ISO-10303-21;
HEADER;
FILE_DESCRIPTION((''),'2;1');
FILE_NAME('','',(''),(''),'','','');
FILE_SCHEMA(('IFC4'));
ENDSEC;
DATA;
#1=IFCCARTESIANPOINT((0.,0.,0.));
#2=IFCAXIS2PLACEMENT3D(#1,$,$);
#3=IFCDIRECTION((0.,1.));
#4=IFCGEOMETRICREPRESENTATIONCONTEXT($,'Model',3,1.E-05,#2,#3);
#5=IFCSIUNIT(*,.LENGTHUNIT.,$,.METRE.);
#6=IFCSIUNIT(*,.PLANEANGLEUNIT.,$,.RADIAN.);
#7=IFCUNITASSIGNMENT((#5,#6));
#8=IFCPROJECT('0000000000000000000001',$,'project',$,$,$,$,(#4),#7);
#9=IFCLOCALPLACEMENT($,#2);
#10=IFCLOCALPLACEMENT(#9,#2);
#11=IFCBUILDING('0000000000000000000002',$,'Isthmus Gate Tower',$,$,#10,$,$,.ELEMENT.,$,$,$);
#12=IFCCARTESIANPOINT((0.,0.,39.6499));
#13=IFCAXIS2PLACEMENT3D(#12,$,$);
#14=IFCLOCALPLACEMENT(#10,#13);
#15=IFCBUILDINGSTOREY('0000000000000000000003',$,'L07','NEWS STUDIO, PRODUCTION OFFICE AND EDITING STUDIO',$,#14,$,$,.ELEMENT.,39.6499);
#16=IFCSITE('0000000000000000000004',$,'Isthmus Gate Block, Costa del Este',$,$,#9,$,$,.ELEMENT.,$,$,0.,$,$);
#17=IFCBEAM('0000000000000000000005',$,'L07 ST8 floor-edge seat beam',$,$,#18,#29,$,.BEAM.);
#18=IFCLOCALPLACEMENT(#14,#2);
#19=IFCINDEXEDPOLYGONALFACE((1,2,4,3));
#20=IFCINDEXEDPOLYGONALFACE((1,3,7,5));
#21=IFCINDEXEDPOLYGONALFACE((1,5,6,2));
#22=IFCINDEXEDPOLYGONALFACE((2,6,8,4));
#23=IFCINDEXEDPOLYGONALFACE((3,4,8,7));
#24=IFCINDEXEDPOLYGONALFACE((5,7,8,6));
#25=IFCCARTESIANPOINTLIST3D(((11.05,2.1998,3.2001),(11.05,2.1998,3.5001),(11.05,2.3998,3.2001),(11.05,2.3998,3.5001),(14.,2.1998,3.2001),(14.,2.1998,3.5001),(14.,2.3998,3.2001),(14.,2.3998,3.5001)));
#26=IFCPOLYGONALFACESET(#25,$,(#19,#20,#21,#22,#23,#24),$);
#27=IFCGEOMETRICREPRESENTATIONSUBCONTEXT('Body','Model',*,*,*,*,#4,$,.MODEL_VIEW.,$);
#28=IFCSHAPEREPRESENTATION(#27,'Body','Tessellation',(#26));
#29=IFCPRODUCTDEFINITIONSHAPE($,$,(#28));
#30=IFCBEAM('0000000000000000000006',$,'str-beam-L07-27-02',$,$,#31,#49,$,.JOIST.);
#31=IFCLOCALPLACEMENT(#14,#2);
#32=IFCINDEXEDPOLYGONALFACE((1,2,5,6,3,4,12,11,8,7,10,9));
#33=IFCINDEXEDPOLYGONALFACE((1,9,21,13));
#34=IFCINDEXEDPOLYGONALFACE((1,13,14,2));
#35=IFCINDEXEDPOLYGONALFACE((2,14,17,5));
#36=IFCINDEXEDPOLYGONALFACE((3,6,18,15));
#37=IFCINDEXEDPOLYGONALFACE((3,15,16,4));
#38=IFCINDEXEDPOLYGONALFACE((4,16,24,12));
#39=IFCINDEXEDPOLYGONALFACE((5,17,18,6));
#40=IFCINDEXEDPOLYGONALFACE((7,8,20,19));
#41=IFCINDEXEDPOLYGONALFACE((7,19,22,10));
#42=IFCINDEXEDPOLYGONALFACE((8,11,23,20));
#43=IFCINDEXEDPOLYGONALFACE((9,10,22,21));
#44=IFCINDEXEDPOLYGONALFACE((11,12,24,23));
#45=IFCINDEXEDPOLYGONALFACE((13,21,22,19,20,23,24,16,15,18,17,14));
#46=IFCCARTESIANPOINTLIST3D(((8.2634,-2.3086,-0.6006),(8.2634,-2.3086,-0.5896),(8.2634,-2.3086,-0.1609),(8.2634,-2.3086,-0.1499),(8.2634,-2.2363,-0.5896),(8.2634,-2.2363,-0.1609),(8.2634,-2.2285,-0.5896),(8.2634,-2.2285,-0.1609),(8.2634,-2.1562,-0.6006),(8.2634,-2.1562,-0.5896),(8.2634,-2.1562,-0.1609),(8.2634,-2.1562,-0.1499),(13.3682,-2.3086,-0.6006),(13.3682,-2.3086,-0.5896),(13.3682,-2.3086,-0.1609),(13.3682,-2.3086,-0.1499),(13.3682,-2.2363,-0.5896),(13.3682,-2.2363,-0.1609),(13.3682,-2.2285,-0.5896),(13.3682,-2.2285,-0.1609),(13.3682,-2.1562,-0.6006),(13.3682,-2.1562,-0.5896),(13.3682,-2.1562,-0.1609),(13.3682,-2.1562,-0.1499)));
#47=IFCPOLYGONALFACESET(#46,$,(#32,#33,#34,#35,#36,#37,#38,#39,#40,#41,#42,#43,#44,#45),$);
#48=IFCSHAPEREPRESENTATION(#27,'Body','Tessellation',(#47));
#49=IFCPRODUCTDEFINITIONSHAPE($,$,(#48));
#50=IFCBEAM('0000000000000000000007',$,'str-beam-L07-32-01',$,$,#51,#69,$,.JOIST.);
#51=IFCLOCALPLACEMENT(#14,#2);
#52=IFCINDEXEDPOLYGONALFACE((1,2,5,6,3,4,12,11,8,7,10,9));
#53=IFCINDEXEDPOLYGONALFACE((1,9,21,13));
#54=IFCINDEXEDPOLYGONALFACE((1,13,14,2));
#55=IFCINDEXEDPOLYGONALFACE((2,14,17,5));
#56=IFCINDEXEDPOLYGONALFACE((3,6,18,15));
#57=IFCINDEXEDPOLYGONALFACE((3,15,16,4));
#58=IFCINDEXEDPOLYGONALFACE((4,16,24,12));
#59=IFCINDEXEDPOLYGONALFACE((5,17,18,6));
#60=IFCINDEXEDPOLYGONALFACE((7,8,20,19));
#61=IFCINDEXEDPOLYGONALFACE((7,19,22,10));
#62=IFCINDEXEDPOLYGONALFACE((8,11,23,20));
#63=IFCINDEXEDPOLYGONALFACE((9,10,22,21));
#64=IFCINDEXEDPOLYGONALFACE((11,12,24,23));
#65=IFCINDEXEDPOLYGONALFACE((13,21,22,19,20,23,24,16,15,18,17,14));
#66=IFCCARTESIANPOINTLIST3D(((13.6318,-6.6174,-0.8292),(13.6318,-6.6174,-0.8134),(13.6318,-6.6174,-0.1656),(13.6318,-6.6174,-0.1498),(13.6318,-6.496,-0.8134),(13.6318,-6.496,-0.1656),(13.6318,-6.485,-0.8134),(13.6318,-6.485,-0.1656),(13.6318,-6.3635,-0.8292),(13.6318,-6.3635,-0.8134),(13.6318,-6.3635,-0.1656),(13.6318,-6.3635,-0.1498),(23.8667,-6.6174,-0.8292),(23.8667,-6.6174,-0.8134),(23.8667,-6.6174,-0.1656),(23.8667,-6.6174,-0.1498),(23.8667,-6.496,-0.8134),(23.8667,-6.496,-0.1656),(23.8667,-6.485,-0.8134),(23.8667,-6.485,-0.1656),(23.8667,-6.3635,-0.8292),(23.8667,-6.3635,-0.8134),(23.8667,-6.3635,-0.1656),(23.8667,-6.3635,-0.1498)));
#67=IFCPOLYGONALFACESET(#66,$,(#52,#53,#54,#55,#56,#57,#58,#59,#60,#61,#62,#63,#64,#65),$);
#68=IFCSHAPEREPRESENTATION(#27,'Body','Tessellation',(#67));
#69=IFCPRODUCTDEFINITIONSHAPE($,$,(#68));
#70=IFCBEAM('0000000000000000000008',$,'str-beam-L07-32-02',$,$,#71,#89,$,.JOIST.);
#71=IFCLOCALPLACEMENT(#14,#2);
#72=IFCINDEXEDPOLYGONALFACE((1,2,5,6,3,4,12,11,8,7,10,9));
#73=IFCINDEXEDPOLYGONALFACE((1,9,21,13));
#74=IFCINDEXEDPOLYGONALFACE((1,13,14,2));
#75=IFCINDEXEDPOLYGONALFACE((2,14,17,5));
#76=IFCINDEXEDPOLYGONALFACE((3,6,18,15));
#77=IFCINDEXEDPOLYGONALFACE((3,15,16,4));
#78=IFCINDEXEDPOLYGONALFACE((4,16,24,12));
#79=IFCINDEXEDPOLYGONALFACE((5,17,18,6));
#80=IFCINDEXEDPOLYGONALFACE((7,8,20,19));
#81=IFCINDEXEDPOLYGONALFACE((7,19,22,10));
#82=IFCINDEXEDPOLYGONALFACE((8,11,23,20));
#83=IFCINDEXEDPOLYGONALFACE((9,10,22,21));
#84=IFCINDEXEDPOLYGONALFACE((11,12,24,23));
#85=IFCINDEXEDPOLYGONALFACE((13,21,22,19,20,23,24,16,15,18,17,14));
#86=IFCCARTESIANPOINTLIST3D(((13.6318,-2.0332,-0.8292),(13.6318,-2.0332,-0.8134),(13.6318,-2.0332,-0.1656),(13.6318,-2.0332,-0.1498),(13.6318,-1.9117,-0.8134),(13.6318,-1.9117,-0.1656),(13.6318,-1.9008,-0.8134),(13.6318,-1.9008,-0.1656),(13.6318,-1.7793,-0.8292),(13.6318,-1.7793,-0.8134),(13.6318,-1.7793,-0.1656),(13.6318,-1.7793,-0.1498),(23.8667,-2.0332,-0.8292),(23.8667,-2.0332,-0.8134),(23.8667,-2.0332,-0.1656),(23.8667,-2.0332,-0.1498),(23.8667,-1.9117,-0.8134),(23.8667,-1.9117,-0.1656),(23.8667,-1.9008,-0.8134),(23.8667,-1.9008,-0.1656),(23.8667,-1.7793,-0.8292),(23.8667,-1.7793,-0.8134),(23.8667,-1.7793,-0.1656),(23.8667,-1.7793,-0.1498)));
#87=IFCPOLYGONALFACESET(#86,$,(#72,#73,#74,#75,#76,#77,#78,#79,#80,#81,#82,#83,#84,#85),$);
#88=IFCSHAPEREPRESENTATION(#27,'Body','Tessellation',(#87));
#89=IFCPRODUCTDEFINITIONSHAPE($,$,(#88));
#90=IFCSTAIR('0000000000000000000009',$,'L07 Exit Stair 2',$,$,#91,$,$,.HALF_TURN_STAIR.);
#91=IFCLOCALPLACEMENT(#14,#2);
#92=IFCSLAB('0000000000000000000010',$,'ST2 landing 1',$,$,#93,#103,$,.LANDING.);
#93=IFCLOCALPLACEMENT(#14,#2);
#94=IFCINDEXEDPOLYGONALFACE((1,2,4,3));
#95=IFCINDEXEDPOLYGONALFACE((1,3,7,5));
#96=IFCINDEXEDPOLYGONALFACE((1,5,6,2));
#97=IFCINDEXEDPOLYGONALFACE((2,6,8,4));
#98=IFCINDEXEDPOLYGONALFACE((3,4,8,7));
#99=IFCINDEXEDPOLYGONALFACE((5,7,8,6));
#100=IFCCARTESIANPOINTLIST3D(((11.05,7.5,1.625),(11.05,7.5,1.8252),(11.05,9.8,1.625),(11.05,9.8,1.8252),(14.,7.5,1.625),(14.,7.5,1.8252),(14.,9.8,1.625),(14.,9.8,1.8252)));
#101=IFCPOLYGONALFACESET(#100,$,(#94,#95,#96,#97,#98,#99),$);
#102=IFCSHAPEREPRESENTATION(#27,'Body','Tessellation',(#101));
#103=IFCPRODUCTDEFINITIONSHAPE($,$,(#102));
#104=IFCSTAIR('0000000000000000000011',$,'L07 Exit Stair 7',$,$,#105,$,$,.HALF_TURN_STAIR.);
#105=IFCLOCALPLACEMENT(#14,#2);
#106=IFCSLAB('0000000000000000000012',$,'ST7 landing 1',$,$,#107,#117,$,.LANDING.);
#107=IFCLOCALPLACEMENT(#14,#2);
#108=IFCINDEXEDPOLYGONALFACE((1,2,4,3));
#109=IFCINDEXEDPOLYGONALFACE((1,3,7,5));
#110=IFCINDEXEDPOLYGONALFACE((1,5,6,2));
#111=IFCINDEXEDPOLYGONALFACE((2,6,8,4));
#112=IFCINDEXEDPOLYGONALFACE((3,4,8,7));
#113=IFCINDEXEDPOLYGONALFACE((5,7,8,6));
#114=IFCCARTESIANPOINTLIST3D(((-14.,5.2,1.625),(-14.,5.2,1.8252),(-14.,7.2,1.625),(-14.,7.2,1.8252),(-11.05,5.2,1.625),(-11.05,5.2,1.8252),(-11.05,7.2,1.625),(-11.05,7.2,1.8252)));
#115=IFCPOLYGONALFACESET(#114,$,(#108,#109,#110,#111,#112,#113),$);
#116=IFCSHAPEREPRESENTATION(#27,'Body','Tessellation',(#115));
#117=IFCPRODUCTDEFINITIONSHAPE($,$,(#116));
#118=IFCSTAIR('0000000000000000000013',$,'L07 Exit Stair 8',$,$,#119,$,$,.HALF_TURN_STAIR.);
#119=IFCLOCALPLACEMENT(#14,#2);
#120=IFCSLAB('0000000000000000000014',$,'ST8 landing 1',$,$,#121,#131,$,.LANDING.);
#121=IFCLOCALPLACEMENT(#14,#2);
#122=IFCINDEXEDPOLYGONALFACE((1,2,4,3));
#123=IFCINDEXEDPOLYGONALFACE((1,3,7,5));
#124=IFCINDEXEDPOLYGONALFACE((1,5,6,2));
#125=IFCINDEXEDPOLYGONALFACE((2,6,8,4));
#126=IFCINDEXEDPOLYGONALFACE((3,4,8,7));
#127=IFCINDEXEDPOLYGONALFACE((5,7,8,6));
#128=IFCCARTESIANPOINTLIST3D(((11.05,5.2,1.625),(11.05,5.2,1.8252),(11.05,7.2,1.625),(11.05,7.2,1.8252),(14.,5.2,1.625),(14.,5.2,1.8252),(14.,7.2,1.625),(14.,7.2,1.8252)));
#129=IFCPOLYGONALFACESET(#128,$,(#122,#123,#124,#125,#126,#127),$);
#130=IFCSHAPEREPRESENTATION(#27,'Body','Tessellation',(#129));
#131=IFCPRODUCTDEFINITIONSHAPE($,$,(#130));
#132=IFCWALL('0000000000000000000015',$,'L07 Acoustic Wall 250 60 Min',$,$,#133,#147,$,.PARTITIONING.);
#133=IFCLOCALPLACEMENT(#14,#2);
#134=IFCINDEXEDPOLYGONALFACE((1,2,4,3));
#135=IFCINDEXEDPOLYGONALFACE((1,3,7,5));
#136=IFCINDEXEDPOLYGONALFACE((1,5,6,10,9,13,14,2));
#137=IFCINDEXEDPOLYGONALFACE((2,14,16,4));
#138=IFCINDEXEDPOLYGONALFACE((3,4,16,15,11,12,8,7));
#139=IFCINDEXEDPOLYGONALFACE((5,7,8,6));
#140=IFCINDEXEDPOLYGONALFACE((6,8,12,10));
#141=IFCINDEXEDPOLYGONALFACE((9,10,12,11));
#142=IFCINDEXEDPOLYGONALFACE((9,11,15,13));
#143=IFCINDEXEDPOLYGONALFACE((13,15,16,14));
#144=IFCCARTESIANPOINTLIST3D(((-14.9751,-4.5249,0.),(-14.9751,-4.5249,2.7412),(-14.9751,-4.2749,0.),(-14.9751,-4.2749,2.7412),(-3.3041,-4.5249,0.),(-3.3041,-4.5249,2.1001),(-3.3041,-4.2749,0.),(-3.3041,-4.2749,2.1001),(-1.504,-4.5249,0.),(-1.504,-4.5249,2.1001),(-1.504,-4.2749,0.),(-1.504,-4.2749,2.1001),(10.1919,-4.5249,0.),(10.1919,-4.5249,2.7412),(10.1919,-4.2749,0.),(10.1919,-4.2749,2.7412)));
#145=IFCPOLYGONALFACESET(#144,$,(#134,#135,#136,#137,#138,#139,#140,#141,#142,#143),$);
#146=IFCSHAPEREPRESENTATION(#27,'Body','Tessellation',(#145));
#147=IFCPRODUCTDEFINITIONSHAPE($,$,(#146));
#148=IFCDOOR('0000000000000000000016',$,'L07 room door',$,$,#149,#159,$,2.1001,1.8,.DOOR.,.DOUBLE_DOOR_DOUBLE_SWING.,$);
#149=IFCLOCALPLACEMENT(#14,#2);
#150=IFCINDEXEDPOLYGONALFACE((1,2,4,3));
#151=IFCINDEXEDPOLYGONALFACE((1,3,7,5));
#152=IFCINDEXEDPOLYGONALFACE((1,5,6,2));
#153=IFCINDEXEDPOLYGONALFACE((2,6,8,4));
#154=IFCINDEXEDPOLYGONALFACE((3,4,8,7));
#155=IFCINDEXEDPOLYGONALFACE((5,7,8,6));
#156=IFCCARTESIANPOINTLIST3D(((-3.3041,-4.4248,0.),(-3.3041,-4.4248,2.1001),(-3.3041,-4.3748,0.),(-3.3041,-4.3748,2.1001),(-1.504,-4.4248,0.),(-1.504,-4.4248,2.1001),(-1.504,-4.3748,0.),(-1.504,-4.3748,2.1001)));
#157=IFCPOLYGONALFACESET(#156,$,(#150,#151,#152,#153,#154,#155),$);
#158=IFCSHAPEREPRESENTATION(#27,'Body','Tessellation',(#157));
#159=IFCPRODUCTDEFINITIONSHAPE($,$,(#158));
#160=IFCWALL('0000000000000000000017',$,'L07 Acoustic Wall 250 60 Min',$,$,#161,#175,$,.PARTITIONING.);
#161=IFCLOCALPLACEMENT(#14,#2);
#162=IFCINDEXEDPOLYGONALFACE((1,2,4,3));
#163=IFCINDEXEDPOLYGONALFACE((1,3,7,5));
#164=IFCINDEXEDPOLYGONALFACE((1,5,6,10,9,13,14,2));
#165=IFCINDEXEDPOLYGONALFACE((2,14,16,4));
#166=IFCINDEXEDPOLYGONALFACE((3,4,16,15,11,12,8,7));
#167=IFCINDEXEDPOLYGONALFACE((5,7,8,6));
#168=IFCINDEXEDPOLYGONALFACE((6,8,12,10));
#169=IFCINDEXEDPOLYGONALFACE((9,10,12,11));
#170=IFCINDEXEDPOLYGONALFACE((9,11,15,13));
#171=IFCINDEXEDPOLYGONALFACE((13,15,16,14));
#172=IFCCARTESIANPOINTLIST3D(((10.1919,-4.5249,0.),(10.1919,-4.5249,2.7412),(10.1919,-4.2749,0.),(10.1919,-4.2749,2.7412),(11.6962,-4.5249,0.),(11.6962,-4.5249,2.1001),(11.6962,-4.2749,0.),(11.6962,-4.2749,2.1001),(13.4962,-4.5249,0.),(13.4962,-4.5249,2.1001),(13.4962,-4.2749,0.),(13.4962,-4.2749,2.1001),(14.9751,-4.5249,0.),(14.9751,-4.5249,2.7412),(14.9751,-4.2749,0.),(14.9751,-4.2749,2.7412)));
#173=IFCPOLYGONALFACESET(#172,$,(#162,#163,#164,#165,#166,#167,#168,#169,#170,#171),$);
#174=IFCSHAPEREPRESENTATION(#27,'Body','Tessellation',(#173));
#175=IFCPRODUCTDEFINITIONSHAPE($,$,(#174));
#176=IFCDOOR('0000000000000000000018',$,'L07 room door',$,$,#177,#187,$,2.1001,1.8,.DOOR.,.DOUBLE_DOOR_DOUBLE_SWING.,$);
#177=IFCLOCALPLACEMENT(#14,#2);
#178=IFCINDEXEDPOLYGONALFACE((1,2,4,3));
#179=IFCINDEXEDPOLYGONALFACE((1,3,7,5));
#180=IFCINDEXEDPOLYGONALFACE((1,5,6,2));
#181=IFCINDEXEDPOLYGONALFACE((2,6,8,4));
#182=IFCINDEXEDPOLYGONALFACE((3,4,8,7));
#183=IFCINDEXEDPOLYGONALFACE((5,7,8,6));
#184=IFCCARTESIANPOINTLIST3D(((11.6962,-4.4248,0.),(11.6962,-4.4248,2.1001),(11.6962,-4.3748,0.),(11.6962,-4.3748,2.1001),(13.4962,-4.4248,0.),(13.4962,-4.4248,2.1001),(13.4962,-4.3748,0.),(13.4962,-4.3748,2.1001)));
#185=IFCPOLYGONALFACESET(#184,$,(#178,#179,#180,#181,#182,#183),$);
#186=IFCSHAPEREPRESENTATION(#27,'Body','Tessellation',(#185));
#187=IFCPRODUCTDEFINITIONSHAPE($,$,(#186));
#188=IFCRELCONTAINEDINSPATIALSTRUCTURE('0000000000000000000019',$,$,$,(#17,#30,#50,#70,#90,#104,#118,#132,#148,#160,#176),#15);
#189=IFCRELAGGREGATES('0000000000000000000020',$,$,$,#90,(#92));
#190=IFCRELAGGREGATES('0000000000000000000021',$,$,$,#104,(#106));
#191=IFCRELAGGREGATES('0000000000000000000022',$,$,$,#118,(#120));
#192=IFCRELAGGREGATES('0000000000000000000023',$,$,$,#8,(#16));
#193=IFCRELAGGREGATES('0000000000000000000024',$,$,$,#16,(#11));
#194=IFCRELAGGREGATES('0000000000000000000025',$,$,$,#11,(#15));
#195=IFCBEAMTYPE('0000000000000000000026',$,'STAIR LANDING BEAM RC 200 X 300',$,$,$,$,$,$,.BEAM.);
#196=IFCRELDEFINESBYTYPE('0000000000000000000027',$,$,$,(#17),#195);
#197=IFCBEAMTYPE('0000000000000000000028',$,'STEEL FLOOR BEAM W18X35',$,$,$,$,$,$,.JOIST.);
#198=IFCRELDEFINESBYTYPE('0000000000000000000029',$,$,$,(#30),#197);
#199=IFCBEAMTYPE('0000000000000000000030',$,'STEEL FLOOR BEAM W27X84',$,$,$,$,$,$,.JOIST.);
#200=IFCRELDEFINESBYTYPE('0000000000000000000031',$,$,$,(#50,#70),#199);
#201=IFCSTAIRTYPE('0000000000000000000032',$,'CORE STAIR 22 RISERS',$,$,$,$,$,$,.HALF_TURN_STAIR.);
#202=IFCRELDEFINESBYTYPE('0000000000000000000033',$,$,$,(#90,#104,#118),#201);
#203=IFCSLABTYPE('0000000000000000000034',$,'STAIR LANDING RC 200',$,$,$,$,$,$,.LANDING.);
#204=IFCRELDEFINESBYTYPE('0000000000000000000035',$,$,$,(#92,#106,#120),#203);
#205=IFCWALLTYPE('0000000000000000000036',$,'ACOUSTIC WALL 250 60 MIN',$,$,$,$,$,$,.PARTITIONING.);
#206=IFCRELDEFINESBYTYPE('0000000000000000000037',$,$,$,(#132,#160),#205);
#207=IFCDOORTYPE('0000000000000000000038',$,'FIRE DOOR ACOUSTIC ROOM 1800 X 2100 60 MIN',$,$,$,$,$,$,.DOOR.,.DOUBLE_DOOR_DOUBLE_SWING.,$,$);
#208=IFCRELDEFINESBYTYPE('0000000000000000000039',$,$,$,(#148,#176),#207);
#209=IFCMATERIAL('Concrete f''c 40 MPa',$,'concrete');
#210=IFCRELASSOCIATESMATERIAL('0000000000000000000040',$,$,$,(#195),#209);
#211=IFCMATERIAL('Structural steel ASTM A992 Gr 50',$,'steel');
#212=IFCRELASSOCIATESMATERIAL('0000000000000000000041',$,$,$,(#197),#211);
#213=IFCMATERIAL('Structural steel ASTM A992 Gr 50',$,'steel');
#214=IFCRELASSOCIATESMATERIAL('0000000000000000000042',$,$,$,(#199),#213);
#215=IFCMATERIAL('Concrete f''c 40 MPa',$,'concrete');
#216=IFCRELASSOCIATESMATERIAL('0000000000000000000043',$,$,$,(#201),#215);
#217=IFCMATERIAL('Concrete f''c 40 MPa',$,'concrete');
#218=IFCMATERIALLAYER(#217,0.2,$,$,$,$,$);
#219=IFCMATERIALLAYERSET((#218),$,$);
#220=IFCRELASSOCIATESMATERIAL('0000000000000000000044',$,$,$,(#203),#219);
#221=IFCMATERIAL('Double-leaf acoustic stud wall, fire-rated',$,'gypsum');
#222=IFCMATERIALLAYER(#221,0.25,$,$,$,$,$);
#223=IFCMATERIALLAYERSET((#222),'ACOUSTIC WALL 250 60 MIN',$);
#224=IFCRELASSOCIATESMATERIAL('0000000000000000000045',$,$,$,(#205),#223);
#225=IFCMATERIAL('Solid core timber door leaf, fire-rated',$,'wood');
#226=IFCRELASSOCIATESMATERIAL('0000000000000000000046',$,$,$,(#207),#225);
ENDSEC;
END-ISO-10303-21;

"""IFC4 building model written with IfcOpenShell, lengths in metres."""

from ifc_helpers import new_model, si_unit, direction, frame, frame_2d, origin, origin_2d, place, context, subcontext, project, spatial, polyline, rectangle, i_section, outline, extrude, material, layer, layer_set, material_profile, profile_set, type_object, element, fill, aggregate, save


model = new_model("IFC4")

# Units and contexts
model_context = context("Model", 3, precision=1e-05, world=origin(), true_north=direction((0.0, 1.0)))
body_context = subcontext(model_context, "Body", "Model", "MODEL_VIEW")
ifc_project = project(units=[si_unit("LENGTHUNIT", "METRE"), si_unit("PLANEANGLEUNIT", "RADIAN")], contexts=[model_context])

# Site, building, storey
site_placement = place(None, origin())
site = spatial("IfcSite", under=ifc_project, at=site_placement, Name="Isthmus Gate Block, Costa del Este", CompositionType="ELEMENT", RefElevation=0.0)
building_placement = place(site_placement, origin())
building = spatial("IfcBuilding", under=site, at=building_placement, Name="Isthmus Gate Tower", CompositionType="ELEMENT")
storey_placement = place(building_placement, frame((0.0, 0.0, 39.6499)))
storey = spatial("IfcBuildingStorey", under=building, at=storey_placement, Name="L07", Description="NEWS STUDIO, PRODUCTION OFFICE AND EDITING STUDIO", CompositionType="ELEMENT", Elevation=39.6499)

# Beams
ifc_material_1 = material(Name="Concrete f'c 40 MPa", Category="concrete")
ifc_material_profile_1 = material_profile(ifc_material_1, rectangle(XDim=0.2, YDim=0.3, at=origin_2d()), Name="STAIR LANDING BEAM RC 200 X 300")
ifc_profile_set_1 = profile_set([ifc_material_profile_1], Name="Concrete f'c 40 MPa")
beam_type_1 = type_object("IfcBeamType", Name="STAIR LANDING BEAM RC 200 X 300", PredefinedType="BEAM", material=ifc_profile_set_1)
beam_1_placement = place(storey_placement, frame((11.05, 2.2998, 3.3501), z_axis=(1.0, 0.0, 0.0), x_axis=(0.0, 1.0, 0.0)))
element("IfcBeam", 1, at=beam_1_placement, inside=storey, type_object=beam_type_1, Name="L07 ST8 floor-edge seat beam", PredefinedType="BEAM", context=body_context, shape_type="SweptSolid", body=[
    extrude(rectangle(XDim=0.2, YDim=0.3, at=origin_2d()), origin(), (0.0, 0.0, 1.0), 2.95),
])
ifc_material_2 = material(Name="Structural steel ASTM A992 Gr 50", Category="steel")
ifc_material_profile_2 = material_profile(ifc_material_2, i_section(OverallWidth=0.1523, OverallDepth=0.4507, WebThickness=0.0078, FlangeThickness=0.011, at=origin_2d()), Name="W18X35")
ifc_profile_set_2 = profile_set([ifc_material_profile_2], Name="Structural steel ASTM A992 Gr 50")
beam_type_2 = type_object("IfcBeamType", Name="STEEL FLOOR BEAM W18X35", PredefinedType="JOIST", material=ifc_profile_set_2)
beam_2_placement = place(storey_placement, frame((8.2634, -2.2324, -0.3752), z_axis=(1.0, 0.0, 0.0), x_axis=(0.0, 1.0, 0.0)))
element("IfcBeam", 2, at=beam_2_placement, inside=storey, type_object=beam_type_2, Name="str-beam-L07-27-02", PredefinedType="JOIST", context=body_context, shape_type="SweptSolid", body=[
    extrude(i_section(OverallWidth=0.1523, OverallDepth=0.4507, WebThickness=0.0078, FlangeThickness=0.011, at=origin_2d()), origin(), (0.0, 0.0, 1.0), 5.1047),
])
ifc_material_3 = material(Name="Structural steel ASTM A992 Gr 50", Category="steel")
ifc_material_profile_3 = material_profile(ifc_material_3, i_section(OverallWidth=0.2539, OverallDepth=0.6794, WebThickness=0.011, FlangeThickness=0.0159, at=origin_2d()), Name="W27X84")
ifc_profile_set_3 = profile_set([ifc_material_profile_3], Name="Structural steel ASTM A992 Gr 50")
beam_type_3 = type_object("IfcBeamType", Name="STEEL FLOOR BEAM W27X84", PredefinedType="JOIST", material=ifc_profile_set_3)
for number, where, z_axis, x_axis, name in (
    (3, (13.6318, -6.4905, -0.4895), (1.0, 0.0, 0.0), (0.0, 1.0, 0.0), "str-beam-L07-32-01"),
    (4, (13.6318, -1.9062, -0.4895), (1.0, 0.0, 0.0), (0.0, 1.0, 0.0), "str-beam-L07-32-02"),
):
    element("IfcBeam", number, at=place(storey_placement, frame(where, z_axis=z_axis, x_axis=x_axis)), inside=storey, type_object=beam_type_3, Name=name, PredefinedType="JOIST", context=body_context, shape_type="SweptSolid", body=[
        extrude(i_section(OverallWidth=0.2539, OverallDepth=0.6794, WebThickness=0.011, FlangeThickness=0.0159, at=origin_2d()), origin(), (0.0, 0.0, 1.0), 10.2349),
    ])

# Stairs, slabs
ifc_material_4 = material(Name="Concrete f'c 40 MPa", Category="concrete")
stair_type = type_object("IfcStairType", Name="CORE STAIR 22 RISERS", PredefinedType="HALF_TURN_STAIR", material=ifc_material_4)
stair_1_placement = place(storey_placement, origin())
stair_1 = element("IfcStair", 5, at=stair_1_placement, inside=storey, type_object=stair_type, Name="L07 Exit Stair 2", PredefinedType="HALF_TURN_STAIR")
ifc_material_5 = material(Name="Concrete f'c 40 MPa", Category="concrete")
ifc_layer_1 = layer(ifc_material_5, 0.2)
ifc_layer_set_1 = layer_set([ifc_layer_1])
slab_type = type_object("IfcSlabType", Name="STAIR LANDING RC 200", PredefinedType="LANDING", material=ifc_layer_set_1)
slab_1_placement = place(storey_placement, frame((0.0, 0.0, 1.625)))
slab_1 = element("IfcSlab", 6, at=slab_1_placement, type_object=slab_type, Name="ST2 landing 1", PredefinedType="LANDING", context=body_context, shape_type="SweptSolid", body=[
    extrude(outline(polyline([(11.05, 9.8), (11.05, 7.5), (14.0, 7.5), (14.0, 9.8), (11.05, 9.8)])), origin(), (0.0, 0.0, 1.0), 0.2002),
])
aggregate(stair_1, [slab_1])
stair_2_placement = place(storey_placement, origin())
stair_2 = element("IfcStair", 7, at=stair_2_placement, inside=storey, type_object=stair_type, Name="L07 Exit Stair 7", PredefinedType="HALF_TURN_STAIR")
slab_2_placement = place(storey_placement, frame((0.0, 0.0, 1.625)))
slab_2 = element("IfcSlab", 8, at=slab_2_placement, type_object=slab_type, Name="ST7 landing 1", PredefinedType="LANDING", context=body_context, shape_type="SweptSolid", body=[
    extrude(outline(polyline([(-11.05, 5.2), (-11.05, 7.2), (-14.0, 7.2), (-14.0, 5.2), (-11.05, 5.2)])), origin(), (0.0, 0.0, 1.0), 0.2002),
])
aggregate(stair_2, [slab_2])
stair_3_placement = place(storey_placement, origin())
stair_3 = element("IfcStair", 9, at=stair_3_placement, inside=storey, type_object=stair_type, Name="L07 Exit Stair 8", PredefinedType="HALF_TURN_STAIR")
slab_3_placement = place(storey_placement, frame((0.0, 0.0, 1.625)))
slab_3 = element("IfcSlab", 10, at=slab_3_placement, type_object=slab_type, Name="ST8 landing 1", PredefinedType="LANDING", context=body_context, shape_type="SweptSolid", body=[
    extrude(outline(polyline([(14.0, 5.2), (14.0, 7.2), (11.05, 7.2), (11.05, 5.2), (14.0, 5.2)])), origin(), (0.0, 0.0, 1.0), 0.2002),
])

# Walls, openings, doors
ifc_material_6 = material(Name="Double-leaf acoustic stud wall, fire-rated", Category="gypsum")
ifc_layer_2 = layer(ifc_material_6, 0.25)
ifc_layer_set_2 = layer_set([ifc_layer_2], Name="ACOUSTIC WALL 250 60 MIN")
wall_type_1 = type_object("IfcWallType", Name="ACOUSTIC WALL 250 60 MIN", PredefinedType="PARTITIONING", material=ifc_layer_set_2)
wall_1_placement = place(storey_placement, frame((10.1919, -4.3999, 0.0), z_axis=(0.0, 0.0, 1.0), x_axis=(-1.0, 0.0, 0.0)))
wall_1 = element("IfcWall", 11, at=wall_1_placement, inside=storey, type_object=wall_type_1, Name="L07 Acoustic Wall 250 60 Min", PredefinedType="PARTITIONING", context=body_context, shape_type="SweptSolid", body=[
    extrude(rectangle(XDim=25.167, YDim=0.25, at=frame_2d((12.5835, 0.0))), origin(), (0.0, 0.0, 1.0), 2.7412),
])
opening_1_placement = place(wall_1_placement, frame((11.696, 0.0, 0.0)))
opening_1 = element("IfcOpeningElement", 12, at=opening_1_placement, cuts=wall_1, PredefinedType="OPENING", context=body_context, shape_type="SweptSolid", body=[
    extrude(rectangle(XDim=1.8, YDim=2.1001, at=frame_2d((0.8999, 1.05))), frame((0.0, 0.135, 0.0), z_axis=(0.0, -1.0, 0.0), x_axis=(1.0, 0.0, 0.0)), (0.0, 0.0, 1.0), 0.27),
])
ifc_material_7 = material(Name="Solid core timber door leaf, fire-rated", Category="wood")
door_type = type_object("IfcDoorType", Name="FIRE DOOR ACOUSTIC ROOM 1800 X 2100 60 MIN", OperationType="DOUBLE_DOOR_DOUBLE_SWING", PredefinedType="DOOR", material=ifc_material_7)
door_1_placement = place(opening_1_placement, origin())
door_1 = element("IfcDoor", 13, at=door_1_placement, inside=storey, type_object=door_type, Name="L07 room door", OperationType="DOUBLE_DOOR_DOUBLE_SWING", OverallHeight=2.1001, OverallWidth=1.8, PredefinedType="DOOR", context=body_context, shape_type="SweptSolid", body=[
    extrude(rectangle(XDim=1.8, YDim=2.1001, at=frame_2d((0.8999, 1.05))), frame((0.0, 0.0249, 0.0), z_axis=(0.0, -1.0, 0.0), x_axis=(1.0, 0.0, 0.0)), (0.0, 0.0, 1.0), 0.05),
])
fill(opening_1, door_1)
wall_2_placement = place(storey_placement, frame((14.9751, -4.3999, 0.0), z_axis=(0.0, 0.0, 1.0), x_axis=(-1.0, 0.0, 0.0)))
wall_2 = element("IfcWall", 14, at=wall_2_placement, inside=storey, type_object=wall_type_1, Name="L07 Acoustic Wall 250 60 Min", PredefinedType="PARTITIONING", context=body_context, shape_type="SweptSolid", body=[
    extrude(rectangle(XDim=4.7832, YDim=0.25, at=frame_2d((2.3916, 0.0))), origin(), (0.0, 0.0, 1.0), 2.7412),
])
opening_2_placement = place(wall_2_placement, frame((1.479, 0.0, 0.0)))
opening_2 = element("IfcOpeningElement", 15, at=opening_2_placement, cuts=wall_2, PredefinedType="OPENING", context=body_context, shape_type="SweptSolid", body=[
    extrude(rectangle(XDim=1.8, YDim=2.1001, at=frame_2d((0.8999, 1.05))), frame((0.0, 0.135, 0.0), z_axis=(0.0, -1.0, 0.0), x_axis=(1.0, 0.0, 0.0)), (0.0, 0.0, 1.0), 0.27),
])
door_2_placement = place(opening_2_placement, origin())
door_2 = element("IfcDoor", 16, at=door_2_placement, inside=storey, type_object=door_type, Name="L07 room door", OperationType="DOUBLE_DOOR_DOUBLE_SWING", OverallHeight=2.1001, OverallWidth=1.8, PredefinedType="DOOR", context=body_context, shape_type="SweptSolid", body=[
    extrude(rectangle(XDim=1.8, YDim=2.1001, at=frame_2d((0.8999, 1.05))), frame((0.0, 0.0249, 0.0), z_axis=(0.0, -1.0, 0.0), x_axis=(1.0, 0.0, 0.0)), (0.0, 0.0, 1.0), 0.05),
])
fill(opening_2, door_2)

aggregate(stair_3, [slab_3])

save(model, "model.ifc")
